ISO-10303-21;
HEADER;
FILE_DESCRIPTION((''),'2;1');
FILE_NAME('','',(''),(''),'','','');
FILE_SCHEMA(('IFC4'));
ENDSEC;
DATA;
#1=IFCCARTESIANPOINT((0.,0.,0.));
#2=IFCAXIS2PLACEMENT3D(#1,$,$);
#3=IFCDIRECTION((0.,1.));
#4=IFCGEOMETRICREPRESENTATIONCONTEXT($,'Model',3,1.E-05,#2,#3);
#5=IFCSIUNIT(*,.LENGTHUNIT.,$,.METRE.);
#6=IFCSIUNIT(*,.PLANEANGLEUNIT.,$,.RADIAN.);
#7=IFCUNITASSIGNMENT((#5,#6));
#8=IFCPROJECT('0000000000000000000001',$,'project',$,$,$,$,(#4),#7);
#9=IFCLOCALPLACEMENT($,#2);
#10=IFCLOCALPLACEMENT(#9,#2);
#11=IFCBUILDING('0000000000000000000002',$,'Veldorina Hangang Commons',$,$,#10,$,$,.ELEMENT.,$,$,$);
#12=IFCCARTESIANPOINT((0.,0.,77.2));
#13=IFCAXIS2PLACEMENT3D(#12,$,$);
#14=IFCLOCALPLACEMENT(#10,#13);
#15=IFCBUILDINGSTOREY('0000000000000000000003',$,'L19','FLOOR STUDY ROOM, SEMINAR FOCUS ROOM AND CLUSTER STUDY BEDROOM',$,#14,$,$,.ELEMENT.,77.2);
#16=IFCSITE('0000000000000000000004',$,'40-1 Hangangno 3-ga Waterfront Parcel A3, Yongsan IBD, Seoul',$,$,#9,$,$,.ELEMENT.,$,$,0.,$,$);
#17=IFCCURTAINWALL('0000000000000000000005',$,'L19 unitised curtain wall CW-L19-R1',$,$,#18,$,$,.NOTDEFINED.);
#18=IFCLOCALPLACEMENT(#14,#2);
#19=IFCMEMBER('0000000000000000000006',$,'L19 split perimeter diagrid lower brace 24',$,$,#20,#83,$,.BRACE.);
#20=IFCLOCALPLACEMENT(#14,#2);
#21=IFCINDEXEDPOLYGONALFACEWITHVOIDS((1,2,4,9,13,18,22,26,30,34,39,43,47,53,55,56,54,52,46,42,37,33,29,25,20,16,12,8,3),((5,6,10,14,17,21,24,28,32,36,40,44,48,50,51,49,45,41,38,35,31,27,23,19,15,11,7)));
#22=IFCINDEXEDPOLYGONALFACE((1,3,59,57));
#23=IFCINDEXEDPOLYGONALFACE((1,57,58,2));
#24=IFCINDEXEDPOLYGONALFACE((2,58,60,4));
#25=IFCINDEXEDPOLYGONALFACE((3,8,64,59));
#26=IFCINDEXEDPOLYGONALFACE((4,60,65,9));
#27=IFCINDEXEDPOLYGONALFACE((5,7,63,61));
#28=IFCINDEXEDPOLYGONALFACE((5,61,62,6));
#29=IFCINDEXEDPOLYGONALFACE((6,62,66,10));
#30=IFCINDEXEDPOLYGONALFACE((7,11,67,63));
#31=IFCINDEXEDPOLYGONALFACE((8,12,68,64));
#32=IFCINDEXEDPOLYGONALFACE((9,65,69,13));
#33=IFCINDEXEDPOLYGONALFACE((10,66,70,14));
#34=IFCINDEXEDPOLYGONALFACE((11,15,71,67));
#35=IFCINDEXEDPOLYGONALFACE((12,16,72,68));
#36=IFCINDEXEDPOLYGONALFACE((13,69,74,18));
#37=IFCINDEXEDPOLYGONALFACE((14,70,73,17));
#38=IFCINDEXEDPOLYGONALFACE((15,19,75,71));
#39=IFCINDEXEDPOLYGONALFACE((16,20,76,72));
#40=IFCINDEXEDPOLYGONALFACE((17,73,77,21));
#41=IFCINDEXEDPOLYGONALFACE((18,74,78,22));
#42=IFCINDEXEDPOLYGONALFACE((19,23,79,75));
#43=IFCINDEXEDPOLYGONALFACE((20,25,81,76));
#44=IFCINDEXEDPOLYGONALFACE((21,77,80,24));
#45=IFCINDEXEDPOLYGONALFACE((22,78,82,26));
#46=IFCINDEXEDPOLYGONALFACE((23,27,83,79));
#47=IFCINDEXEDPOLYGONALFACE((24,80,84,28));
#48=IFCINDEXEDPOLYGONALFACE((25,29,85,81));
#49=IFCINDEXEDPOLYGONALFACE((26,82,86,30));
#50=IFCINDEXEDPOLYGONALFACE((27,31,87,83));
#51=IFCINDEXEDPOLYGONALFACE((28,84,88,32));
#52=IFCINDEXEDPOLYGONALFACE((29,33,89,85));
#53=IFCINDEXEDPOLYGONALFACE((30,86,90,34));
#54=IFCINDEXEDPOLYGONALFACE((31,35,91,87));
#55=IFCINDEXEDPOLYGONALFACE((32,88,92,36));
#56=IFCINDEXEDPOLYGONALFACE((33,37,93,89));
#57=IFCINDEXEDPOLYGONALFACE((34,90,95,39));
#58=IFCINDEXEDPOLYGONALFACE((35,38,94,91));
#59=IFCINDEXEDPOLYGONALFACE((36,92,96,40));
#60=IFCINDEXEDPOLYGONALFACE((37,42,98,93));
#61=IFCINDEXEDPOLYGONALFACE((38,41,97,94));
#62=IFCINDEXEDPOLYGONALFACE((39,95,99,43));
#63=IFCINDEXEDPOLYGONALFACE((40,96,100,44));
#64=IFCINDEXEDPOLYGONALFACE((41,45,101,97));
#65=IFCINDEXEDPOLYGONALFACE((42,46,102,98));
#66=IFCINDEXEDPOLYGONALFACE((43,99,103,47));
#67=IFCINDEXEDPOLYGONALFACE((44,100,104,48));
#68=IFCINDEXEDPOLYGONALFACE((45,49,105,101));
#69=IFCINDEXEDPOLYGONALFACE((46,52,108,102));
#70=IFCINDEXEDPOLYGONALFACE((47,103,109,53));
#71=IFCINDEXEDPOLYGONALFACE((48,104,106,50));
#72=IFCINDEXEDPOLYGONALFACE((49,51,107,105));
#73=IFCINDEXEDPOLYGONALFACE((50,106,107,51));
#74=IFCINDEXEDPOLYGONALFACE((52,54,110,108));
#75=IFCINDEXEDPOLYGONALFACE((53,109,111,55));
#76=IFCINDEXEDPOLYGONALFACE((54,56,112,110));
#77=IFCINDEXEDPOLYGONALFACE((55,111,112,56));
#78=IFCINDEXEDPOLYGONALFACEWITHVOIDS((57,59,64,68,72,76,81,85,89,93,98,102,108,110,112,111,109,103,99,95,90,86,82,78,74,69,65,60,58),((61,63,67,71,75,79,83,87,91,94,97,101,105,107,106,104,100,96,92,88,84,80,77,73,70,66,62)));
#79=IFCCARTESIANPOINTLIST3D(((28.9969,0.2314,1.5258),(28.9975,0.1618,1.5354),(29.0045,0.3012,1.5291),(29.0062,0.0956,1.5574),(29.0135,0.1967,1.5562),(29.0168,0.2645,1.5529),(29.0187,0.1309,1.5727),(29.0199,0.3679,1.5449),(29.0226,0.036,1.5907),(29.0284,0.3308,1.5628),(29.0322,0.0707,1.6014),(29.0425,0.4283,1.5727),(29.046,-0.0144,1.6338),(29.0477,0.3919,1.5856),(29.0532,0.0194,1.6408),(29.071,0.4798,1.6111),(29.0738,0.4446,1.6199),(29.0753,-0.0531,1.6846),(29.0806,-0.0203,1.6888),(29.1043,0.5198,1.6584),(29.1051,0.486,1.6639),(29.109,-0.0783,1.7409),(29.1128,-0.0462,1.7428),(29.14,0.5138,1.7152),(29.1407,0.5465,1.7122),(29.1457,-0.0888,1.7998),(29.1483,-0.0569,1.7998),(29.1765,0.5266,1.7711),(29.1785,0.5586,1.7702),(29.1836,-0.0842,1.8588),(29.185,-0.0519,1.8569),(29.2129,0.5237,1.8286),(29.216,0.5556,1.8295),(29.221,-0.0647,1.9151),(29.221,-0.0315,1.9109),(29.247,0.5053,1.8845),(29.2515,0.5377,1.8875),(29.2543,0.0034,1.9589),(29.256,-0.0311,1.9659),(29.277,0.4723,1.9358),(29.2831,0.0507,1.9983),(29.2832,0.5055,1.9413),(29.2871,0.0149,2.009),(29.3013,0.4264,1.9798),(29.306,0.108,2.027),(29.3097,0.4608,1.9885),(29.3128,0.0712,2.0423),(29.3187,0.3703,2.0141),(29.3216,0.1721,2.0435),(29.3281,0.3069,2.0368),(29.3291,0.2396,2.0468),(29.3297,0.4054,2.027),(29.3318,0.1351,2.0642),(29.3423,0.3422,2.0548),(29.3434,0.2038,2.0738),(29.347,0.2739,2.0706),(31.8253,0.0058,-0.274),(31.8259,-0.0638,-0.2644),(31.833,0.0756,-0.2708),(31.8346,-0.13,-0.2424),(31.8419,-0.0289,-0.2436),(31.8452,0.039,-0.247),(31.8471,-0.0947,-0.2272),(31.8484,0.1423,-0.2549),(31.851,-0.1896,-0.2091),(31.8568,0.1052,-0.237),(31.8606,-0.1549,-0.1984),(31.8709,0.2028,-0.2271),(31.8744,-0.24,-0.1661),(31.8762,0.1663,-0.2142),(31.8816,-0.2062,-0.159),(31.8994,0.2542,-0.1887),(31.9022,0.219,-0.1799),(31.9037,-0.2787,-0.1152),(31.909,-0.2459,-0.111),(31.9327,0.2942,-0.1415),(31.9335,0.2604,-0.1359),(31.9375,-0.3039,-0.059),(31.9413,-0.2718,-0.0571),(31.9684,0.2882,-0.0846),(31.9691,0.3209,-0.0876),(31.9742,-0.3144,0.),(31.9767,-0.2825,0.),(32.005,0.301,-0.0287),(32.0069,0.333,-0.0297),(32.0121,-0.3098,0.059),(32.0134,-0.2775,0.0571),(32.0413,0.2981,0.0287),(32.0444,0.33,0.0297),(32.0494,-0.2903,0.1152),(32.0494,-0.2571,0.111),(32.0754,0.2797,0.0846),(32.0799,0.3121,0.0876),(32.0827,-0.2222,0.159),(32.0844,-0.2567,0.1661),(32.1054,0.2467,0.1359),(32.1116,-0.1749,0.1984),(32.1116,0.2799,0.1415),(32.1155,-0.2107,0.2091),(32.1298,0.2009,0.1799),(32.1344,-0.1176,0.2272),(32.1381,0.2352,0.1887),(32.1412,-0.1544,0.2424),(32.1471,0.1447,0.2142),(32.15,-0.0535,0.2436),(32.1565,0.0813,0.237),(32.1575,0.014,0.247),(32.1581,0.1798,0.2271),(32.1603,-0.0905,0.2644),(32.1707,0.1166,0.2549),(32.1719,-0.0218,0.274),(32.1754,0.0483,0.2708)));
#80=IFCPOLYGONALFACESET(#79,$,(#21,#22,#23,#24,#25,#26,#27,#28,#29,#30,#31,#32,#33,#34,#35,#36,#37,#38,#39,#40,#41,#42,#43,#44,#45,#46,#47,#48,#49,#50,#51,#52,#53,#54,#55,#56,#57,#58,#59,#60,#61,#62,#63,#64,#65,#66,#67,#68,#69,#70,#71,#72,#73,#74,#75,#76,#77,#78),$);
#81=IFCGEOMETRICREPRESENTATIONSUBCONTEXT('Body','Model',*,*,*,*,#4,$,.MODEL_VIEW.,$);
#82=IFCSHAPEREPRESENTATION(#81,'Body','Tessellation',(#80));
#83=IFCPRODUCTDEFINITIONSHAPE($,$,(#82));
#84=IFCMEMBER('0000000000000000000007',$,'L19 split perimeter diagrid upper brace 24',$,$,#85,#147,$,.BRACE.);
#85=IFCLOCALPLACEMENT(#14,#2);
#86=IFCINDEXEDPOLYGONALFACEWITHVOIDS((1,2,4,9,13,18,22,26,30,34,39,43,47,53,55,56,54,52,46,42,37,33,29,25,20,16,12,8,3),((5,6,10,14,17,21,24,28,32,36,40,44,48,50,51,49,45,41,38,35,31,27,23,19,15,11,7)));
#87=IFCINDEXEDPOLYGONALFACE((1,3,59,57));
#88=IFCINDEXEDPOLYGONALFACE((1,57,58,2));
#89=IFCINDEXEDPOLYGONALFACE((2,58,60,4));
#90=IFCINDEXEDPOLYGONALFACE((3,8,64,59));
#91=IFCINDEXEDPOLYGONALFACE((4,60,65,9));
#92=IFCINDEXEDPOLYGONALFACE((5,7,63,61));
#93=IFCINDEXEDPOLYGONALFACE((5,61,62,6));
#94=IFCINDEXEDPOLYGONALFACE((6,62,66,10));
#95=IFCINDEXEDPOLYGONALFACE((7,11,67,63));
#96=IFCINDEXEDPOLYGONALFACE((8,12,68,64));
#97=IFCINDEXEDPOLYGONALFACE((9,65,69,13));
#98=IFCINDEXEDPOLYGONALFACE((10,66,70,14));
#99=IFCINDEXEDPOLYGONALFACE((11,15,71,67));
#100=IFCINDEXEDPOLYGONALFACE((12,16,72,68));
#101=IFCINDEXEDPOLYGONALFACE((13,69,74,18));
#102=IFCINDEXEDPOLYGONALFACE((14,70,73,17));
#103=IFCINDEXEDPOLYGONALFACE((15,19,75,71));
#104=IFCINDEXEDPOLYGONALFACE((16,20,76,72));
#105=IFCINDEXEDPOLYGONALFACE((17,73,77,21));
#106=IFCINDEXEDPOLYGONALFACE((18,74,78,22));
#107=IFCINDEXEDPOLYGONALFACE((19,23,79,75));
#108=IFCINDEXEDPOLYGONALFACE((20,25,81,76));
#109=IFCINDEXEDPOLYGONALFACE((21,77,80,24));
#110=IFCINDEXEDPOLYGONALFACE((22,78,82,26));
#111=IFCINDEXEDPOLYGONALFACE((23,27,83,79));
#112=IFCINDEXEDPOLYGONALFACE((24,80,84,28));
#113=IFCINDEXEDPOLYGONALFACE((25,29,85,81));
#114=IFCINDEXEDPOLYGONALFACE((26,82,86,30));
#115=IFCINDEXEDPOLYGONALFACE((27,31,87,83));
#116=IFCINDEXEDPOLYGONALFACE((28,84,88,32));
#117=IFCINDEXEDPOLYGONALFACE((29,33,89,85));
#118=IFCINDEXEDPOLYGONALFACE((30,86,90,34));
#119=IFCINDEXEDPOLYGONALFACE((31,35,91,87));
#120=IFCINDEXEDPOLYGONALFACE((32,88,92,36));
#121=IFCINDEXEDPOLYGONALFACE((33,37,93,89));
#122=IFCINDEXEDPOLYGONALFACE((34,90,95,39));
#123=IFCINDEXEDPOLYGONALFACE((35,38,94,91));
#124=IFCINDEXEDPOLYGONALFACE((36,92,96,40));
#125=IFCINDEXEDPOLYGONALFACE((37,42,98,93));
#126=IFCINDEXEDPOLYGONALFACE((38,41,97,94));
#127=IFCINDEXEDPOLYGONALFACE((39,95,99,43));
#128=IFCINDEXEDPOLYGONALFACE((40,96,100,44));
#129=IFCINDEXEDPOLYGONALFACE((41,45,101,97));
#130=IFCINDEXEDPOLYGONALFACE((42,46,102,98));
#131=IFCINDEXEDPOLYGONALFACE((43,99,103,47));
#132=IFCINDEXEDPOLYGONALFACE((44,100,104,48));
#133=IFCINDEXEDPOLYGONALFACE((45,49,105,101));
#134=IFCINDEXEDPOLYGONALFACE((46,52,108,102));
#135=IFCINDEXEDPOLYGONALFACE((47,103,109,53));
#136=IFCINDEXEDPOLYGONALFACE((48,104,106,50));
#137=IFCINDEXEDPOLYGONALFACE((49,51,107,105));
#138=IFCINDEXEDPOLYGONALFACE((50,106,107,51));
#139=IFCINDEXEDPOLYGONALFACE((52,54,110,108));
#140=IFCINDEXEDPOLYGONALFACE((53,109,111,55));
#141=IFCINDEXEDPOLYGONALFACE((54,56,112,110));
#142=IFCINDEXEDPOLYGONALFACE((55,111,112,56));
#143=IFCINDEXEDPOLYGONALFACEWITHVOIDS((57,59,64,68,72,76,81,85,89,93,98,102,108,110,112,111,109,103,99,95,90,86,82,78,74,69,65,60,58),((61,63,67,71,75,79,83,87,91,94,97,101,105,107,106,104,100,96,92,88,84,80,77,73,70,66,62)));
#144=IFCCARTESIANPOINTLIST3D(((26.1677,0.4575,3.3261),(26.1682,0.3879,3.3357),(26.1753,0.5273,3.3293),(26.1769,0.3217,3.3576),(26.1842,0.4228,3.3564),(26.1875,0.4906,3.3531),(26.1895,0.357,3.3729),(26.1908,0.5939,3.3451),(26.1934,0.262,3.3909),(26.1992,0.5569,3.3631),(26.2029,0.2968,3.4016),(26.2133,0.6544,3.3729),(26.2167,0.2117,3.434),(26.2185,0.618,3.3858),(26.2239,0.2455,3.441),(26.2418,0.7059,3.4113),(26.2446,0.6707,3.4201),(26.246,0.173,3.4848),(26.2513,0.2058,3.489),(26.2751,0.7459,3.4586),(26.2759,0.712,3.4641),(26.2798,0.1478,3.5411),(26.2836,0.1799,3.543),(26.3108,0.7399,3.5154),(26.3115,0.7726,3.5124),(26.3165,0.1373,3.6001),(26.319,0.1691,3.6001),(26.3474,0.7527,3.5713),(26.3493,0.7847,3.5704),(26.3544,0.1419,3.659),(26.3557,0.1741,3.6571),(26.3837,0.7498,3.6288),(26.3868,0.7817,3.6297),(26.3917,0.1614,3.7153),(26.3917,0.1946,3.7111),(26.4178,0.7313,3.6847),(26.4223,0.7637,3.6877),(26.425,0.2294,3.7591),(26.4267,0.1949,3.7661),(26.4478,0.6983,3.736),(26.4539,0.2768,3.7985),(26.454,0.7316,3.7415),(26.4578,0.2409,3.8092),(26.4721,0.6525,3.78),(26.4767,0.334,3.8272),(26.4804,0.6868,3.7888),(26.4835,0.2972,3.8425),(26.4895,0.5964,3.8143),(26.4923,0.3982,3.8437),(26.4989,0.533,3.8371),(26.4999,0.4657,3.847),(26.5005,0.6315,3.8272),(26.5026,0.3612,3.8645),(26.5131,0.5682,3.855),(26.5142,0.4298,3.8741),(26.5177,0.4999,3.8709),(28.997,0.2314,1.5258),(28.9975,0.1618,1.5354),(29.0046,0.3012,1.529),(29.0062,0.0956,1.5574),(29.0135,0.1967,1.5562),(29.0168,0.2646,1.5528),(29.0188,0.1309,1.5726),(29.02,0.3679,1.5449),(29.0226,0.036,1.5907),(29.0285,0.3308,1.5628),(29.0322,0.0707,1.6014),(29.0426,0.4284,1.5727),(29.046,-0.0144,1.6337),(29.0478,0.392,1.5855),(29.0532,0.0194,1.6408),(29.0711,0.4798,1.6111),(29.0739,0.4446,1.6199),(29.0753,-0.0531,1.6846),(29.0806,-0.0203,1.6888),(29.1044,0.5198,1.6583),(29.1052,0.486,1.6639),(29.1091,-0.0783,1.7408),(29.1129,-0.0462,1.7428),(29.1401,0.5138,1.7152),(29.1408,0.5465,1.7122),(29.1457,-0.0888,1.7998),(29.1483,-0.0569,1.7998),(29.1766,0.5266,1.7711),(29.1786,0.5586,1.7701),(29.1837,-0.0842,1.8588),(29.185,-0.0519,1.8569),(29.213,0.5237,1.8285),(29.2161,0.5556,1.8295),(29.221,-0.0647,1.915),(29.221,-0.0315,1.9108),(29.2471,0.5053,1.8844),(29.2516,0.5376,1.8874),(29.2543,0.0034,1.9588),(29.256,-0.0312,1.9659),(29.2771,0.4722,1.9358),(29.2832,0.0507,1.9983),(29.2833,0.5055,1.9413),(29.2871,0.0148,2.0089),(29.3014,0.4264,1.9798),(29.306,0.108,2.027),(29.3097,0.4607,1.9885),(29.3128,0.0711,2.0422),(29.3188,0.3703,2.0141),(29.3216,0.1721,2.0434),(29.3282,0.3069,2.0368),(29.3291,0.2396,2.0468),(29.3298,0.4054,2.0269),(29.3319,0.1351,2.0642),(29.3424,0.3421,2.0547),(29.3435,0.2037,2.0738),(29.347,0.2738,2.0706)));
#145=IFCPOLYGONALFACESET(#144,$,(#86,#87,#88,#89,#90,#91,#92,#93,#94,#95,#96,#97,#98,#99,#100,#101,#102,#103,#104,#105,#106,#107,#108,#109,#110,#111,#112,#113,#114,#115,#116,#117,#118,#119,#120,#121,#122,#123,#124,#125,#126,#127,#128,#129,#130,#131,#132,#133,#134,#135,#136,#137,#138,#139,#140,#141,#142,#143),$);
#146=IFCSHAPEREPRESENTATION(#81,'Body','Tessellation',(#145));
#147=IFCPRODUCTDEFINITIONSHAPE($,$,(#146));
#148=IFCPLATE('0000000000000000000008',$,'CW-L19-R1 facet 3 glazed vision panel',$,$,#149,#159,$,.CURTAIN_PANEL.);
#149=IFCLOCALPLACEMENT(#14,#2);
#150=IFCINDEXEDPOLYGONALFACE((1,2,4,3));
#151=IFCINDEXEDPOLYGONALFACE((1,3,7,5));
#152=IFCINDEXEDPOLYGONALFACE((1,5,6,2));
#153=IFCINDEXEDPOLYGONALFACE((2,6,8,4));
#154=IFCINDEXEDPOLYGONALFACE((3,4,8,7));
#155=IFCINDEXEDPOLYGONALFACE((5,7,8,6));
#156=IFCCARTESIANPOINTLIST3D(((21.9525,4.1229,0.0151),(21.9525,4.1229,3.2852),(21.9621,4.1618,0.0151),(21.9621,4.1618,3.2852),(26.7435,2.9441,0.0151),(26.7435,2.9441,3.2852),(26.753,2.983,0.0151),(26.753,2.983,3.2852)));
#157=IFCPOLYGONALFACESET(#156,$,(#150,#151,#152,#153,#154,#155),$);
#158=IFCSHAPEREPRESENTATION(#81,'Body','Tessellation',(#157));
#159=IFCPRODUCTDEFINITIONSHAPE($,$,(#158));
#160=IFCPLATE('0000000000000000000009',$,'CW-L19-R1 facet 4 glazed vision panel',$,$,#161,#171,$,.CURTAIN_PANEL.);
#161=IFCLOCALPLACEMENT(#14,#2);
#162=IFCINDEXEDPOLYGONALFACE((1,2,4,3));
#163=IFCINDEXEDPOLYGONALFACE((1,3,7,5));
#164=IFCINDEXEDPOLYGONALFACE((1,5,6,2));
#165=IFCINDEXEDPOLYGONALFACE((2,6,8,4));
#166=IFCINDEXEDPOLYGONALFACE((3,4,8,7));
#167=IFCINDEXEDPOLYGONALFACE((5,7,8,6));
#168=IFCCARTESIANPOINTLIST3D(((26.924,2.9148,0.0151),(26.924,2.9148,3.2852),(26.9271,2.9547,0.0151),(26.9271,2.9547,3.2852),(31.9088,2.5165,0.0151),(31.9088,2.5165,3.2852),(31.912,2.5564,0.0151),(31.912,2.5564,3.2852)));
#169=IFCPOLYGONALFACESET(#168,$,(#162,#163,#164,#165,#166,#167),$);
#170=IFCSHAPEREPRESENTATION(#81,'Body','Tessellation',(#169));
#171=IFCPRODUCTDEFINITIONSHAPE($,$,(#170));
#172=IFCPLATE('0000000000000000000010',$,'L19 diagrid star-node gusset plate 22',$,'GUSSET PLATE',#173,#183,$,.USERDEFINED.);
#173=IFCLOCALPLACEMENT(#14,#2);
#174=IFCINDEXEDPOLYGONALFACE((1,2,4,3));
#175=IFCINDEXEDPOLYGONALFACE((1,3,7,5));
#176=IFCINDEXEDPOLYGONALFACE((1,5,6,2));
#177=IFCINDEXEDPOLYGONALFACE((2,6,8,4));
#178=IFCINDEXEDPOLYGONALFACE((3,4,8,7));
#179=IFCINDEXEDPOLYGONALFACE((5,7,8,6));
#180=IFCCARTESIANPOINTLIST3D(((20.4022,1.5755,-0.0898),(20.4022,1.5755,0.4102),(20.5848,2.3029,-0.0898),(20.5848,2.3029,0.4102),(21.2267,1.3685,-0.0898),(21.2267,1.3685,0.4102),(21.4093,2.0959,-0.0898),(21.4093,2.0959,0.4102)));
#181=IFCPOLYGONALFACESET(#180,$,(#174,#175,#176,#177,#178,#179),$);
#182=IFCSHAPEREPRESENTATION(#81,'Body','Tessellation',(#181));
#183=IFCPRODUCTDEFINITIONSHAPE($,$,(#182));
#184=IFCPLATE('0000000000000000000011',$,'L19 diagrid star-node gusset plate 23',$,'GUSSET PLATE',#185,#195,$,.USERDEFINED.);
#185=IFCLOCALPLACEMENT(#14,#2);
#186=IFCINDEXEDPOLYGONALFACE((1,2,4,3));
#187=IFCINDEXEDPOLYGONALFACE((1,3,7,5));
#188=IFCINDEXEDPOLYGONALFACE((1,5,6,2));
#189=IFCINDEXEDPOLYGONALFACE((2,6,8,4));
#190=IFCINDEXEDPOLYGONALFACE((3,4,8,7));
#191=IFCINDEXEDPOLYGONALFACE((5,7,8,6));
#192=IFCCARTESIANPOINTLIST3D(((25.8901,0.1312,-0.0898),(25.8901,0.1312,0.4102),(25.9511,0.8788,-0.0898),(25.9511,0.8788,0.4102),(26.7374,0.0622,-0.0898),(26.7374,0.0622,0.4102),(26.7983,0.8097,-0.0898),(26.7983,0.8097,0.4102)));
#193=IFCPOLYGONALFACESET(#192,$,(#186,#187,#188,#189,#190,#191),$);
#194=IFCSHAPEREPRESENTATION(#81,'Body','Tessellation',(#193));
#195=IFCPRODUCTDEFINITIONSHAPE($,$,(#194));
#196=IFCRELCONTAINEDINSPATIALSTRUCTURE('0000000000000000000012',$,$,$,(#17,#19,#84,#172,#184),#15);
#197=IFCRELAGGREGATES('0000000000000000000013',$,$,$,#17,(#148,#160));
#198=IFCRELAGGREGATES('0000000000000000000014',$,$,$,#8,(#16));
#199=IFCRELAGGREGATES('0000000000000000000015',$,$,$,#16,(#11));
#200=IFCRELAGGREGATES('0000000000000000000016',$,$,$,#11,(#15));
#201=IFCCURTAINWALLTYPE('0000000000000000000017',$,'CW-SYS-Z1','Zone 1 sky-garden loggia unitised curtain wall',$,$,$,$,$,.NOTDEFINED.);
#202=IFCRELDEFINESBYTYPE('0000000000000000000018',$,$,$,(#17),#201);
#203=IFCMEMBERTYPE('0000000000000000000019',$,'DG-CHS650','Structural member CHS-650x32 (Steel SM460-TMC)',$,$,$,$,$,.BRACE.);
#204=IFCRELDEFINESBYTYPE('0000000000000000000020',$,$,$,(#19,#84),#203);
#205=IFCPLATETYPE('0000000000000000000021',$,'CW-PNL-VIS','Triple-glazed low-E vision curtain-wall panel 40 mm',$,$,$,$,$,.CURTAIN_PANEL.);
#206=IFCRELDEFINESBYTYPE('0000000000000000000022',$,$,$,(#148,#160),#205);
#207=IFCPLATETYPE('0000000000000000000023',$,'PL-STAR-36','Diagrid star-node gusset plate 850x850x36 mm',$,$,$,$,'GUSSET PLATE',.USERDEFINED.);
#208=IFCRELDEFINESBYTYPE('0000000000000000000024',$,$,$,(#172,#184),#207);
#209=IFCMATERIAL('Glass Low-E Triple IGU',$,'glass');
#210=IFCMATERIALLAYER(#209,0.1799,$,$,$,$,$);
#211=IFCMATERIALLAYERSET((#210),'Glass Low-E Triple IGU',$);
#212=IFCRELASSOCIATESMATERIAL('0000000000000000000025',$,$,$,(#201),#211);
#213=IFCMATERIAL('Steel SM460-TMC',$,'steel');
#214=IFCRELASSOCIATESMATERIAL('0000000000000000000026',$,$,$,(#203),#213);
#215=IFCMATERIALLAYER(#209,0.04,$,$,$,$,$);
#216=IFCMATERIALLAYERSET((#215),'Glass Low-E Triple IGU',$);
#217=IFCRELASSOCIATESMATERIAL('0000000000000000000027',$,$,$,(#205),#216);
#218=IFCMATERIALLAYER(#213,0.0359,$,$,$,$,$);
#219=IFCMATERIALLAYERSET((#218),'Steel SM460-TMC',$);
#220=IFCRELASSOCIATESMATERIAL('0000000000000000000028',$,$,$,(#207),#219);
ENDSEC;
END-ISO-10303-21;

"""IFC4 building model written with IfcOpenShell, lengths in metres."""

from ifc_helpers import new_model, si_unit, direction, frame, origin, origin_2d, place, context, subcontext, project, spatial, rectangle, hollow_circle, extrude, material, layer, layer_set, material_profile, profile_set, type_object, element, aggregate, save


model = new_model("IFC4")

# Units and contexts
model_context = context("Model", 3, precision=1e-05, world=origin(), true_north=direction((0.0, 1.0)))
body_context = subcontext(model_context, "Body", "Model", "MODEL_VIEW")
ifc_project = project(units=[si_unit("LENGTHUNIT", "METRE"), si_unit("PLANEANGLEUNIT", "RADIAN")], contexts=[model_context])

# Site, building, storey
site_placement = place(None, origin())
site = spatial("IfcSite", under=ifc_project, at=site_placement, Name="40-1 Hangangno 3-ga Waterfront Parcel A3, Yongsan IBD, Seoul", CompositionType="ELEMENT", RefElevation=0.0)
building_placement = place(site_placement, origin())
building = spatial("IfcBuilding", under=site, at=building_placement, Name="Veldorina Hangang Commons", CompositionType="ELEMENT")
storey_placement = place(building_placement, frame((0.0, 0.0, 77.2)))
storey = spatial("IfcBuildingStorey", under=building, at=storey_placement, Name="L19", Description="FLOOR STUDY ROOM, SEMINAR FOCUS ROOM AND CLUSTER STUDY BEDROOM", CompositionType="ELEMENT", Elevation=77.2)

# Curtain wall
ifc_material_1 = material(Name="Glass Low-E Triple IGU", Category="glass")
ifc_layer_1 = layer(ifc_material_1, 0.1799)
ifc_layer_set_1 = layer_set([ifc_layer_1], Name="Glass Low-E Triple IGU")
curtain_wall_type = type_object("IfcCurtainWallType", Name="CW-SYS-Z1", Description="Zone 1 sky-garden loggia unitised curtain wall", PredefinedType="NOTDEFINED", material=ifc_layer_set_1)
curtain_wall_placement = place(storey_placement, origin())
curtain_wall = element("IfcCurtainWall", 1, at=curtain_wall_placement, inside=storey, type_object=curtain_wall_type, Name="L19 unitised curtain wall CW-L19-R1", PredefinedType="NOTDEFINED")

# Members
ifc_material_2 = material(Name="Steel SM460-TMC", Category="steel")
ifc_material_profile_1 = material_profile(ifc_material_2, hollow_circle(Radius=0.325, WallThickness=0.032, at=origin_2d()), Name="CHS-650x32")
ifc_profile_set_1 = profile_set([ifc_material_profile_1], Name="Steel SM460-TMC")
member_type_1 = type_object("IfcMemberType", Name="DG-CHS650", Description="Structural member CHS-650x32 (Steel SM460-TMC)", PredefinedType="BRACE", material=ifc_profile_set_1)
member_1_placement = place(storey_placement, frame((32.0, 0.0095, 0.0), z_axis=(-0.841767, 0.067138, 0.53565), x_axis=(-0.079506, -0.996834, 0.0)))
element("IfcMember", 2, at=member_1_placement, inside=storey, type_object=member_type_1, Name="L19 split perimeter diagrid lower brace 24", PredefinedType="BRACE", context=body_context, shape_type="SweptSolid", body=[
    extrude(hollow_circle(Radius=0.325, WallThickness=0.032, at=origin_2d()), origin(), (0.0, 0.0, 1.0), 3.3601),
])
member_2_placement = place(storey_placement, frame((29.1716, 0.2351, 1.7998), z_axis=(-0.841778, 0.067261, 0.535617), x_axis=(-0.079649, -0.996823, 0.0)))
element("IfcMember", 3, at=member_2_placement, inside=storey, type_object=member_type_1, Name="L19 split perimeter diagrid upper brace 24", PredefinedType="BRACE", context=body_context, shape_type="SweptSolid", body=[
    extrude(hollow_circle(Radius=0.325, WallThickness=0.032, at=origin_2d()), origin(), (0.0, 0.0, 1.0), 3.3611),
])

# Plates
ifc_layer_2 = layer(ifc_material_1, 0.04)
ifc_layer_set_2 = layer_set([ifc_layer_2], Name="Glass Low-E Triple IGU")
plate_type_1 = type_object("IfcPlateType", Name="CW-PNL-VIS", Description="Triple-glazed low-E vision curtain-wall panel 40 mm", PredefinedType="CURTAIN_PANEL", material=ifc_layer_set_2)
plate_1_placement = place(storey_placement, frame((24.3528, 3.553, 0.0151), z_axis=(0.0, 0.0, 1.0), x_axis=(0.971038, -0.238923, 0.0)))
plate_1 = element("IfcPlate", 4, at=plate_1_placement, type_object=plate_type_1, Name="CW-L19-R1 facet 3 glazed vision panel", PredefinedType="CURTAIN_PANEL", context=body_context, shape_type="SweptSolid", body=[
    extrude(rectangle(XDim=4.9338, YDim=0.04, at=origin_2d()), origin(), (0.0, 0.0, 1.0), 3.27),
])
plate_2_placement = place(storey_placement, frame((29.418, 2.7356, 0.0151), z_axis=(0.0, 0.0, 1.0), x_axis=(0.996824, -0.079642, 0.0)))
plate_2 = element("IfcPlate", 5, at=plate_2_placement, type_object=plate_type_1, Name="CW-L19-R1 facet 4 glazed vision panel", PredefinedType="CURTAIN_PANEL", context=body_context, shape_type="SweptSolid", body=[
    extrude(rectangle(XDim=5.0007, YDim=0.04, at=origin_2d()), origin(), (0.0, 0.0, 1.0), 3.27),
])
aggregate(curtain_wall, [plate_1, plate_2])

# Plates
ifc_layer_3 = layer(ifc_material_2, 0.0359)
ifc_layer_set_3 = layer_set([ifc_layer_3], Name="Steel SM460-TMC")
plate_type_2 = type_object("IfcPlateType", Name="PL-STAR-36", Description="Diagrid star-node gusset plate 850x850x36 mm", ElementType="GUSSET PLATE", PredefinedType="USERDEFINED", material=ifc_layer_set_3)
for number, where, z_axis, x_axis, name in (
    (6, (20.9058, 1.8357, -0.0898), (0.0, 0.0, 1.0), (0.969906, -0.24348, 0.0), "L19 diagrid star-node gusset plate 22"),
    (7, (26.3442, 0.4705, -0.0898), (0.0, 0.0, 1.0), (0.996694, -0.081243, 0.0), "L19 diagrid star-node gusset plate 23"),
):
    element("IfcPlate", number, at=place(storey_placement, frame(where, z_axis=z_axis, x_axis=x_axis)), inside=storey, type_object=plate_type_2, Name=name, ObjectType="GUSSET PLATE", PredefinedType="USERDEFINED", context=body_context, shape_type="SweptSolid", body=[
        extrude(rectangle(XDim=0.8501, YDim=0.75, at=origin_2d()), origin(), (0.0, 0.0, 1.0), 0.5),
    ])

save(model, "model.ifc")
